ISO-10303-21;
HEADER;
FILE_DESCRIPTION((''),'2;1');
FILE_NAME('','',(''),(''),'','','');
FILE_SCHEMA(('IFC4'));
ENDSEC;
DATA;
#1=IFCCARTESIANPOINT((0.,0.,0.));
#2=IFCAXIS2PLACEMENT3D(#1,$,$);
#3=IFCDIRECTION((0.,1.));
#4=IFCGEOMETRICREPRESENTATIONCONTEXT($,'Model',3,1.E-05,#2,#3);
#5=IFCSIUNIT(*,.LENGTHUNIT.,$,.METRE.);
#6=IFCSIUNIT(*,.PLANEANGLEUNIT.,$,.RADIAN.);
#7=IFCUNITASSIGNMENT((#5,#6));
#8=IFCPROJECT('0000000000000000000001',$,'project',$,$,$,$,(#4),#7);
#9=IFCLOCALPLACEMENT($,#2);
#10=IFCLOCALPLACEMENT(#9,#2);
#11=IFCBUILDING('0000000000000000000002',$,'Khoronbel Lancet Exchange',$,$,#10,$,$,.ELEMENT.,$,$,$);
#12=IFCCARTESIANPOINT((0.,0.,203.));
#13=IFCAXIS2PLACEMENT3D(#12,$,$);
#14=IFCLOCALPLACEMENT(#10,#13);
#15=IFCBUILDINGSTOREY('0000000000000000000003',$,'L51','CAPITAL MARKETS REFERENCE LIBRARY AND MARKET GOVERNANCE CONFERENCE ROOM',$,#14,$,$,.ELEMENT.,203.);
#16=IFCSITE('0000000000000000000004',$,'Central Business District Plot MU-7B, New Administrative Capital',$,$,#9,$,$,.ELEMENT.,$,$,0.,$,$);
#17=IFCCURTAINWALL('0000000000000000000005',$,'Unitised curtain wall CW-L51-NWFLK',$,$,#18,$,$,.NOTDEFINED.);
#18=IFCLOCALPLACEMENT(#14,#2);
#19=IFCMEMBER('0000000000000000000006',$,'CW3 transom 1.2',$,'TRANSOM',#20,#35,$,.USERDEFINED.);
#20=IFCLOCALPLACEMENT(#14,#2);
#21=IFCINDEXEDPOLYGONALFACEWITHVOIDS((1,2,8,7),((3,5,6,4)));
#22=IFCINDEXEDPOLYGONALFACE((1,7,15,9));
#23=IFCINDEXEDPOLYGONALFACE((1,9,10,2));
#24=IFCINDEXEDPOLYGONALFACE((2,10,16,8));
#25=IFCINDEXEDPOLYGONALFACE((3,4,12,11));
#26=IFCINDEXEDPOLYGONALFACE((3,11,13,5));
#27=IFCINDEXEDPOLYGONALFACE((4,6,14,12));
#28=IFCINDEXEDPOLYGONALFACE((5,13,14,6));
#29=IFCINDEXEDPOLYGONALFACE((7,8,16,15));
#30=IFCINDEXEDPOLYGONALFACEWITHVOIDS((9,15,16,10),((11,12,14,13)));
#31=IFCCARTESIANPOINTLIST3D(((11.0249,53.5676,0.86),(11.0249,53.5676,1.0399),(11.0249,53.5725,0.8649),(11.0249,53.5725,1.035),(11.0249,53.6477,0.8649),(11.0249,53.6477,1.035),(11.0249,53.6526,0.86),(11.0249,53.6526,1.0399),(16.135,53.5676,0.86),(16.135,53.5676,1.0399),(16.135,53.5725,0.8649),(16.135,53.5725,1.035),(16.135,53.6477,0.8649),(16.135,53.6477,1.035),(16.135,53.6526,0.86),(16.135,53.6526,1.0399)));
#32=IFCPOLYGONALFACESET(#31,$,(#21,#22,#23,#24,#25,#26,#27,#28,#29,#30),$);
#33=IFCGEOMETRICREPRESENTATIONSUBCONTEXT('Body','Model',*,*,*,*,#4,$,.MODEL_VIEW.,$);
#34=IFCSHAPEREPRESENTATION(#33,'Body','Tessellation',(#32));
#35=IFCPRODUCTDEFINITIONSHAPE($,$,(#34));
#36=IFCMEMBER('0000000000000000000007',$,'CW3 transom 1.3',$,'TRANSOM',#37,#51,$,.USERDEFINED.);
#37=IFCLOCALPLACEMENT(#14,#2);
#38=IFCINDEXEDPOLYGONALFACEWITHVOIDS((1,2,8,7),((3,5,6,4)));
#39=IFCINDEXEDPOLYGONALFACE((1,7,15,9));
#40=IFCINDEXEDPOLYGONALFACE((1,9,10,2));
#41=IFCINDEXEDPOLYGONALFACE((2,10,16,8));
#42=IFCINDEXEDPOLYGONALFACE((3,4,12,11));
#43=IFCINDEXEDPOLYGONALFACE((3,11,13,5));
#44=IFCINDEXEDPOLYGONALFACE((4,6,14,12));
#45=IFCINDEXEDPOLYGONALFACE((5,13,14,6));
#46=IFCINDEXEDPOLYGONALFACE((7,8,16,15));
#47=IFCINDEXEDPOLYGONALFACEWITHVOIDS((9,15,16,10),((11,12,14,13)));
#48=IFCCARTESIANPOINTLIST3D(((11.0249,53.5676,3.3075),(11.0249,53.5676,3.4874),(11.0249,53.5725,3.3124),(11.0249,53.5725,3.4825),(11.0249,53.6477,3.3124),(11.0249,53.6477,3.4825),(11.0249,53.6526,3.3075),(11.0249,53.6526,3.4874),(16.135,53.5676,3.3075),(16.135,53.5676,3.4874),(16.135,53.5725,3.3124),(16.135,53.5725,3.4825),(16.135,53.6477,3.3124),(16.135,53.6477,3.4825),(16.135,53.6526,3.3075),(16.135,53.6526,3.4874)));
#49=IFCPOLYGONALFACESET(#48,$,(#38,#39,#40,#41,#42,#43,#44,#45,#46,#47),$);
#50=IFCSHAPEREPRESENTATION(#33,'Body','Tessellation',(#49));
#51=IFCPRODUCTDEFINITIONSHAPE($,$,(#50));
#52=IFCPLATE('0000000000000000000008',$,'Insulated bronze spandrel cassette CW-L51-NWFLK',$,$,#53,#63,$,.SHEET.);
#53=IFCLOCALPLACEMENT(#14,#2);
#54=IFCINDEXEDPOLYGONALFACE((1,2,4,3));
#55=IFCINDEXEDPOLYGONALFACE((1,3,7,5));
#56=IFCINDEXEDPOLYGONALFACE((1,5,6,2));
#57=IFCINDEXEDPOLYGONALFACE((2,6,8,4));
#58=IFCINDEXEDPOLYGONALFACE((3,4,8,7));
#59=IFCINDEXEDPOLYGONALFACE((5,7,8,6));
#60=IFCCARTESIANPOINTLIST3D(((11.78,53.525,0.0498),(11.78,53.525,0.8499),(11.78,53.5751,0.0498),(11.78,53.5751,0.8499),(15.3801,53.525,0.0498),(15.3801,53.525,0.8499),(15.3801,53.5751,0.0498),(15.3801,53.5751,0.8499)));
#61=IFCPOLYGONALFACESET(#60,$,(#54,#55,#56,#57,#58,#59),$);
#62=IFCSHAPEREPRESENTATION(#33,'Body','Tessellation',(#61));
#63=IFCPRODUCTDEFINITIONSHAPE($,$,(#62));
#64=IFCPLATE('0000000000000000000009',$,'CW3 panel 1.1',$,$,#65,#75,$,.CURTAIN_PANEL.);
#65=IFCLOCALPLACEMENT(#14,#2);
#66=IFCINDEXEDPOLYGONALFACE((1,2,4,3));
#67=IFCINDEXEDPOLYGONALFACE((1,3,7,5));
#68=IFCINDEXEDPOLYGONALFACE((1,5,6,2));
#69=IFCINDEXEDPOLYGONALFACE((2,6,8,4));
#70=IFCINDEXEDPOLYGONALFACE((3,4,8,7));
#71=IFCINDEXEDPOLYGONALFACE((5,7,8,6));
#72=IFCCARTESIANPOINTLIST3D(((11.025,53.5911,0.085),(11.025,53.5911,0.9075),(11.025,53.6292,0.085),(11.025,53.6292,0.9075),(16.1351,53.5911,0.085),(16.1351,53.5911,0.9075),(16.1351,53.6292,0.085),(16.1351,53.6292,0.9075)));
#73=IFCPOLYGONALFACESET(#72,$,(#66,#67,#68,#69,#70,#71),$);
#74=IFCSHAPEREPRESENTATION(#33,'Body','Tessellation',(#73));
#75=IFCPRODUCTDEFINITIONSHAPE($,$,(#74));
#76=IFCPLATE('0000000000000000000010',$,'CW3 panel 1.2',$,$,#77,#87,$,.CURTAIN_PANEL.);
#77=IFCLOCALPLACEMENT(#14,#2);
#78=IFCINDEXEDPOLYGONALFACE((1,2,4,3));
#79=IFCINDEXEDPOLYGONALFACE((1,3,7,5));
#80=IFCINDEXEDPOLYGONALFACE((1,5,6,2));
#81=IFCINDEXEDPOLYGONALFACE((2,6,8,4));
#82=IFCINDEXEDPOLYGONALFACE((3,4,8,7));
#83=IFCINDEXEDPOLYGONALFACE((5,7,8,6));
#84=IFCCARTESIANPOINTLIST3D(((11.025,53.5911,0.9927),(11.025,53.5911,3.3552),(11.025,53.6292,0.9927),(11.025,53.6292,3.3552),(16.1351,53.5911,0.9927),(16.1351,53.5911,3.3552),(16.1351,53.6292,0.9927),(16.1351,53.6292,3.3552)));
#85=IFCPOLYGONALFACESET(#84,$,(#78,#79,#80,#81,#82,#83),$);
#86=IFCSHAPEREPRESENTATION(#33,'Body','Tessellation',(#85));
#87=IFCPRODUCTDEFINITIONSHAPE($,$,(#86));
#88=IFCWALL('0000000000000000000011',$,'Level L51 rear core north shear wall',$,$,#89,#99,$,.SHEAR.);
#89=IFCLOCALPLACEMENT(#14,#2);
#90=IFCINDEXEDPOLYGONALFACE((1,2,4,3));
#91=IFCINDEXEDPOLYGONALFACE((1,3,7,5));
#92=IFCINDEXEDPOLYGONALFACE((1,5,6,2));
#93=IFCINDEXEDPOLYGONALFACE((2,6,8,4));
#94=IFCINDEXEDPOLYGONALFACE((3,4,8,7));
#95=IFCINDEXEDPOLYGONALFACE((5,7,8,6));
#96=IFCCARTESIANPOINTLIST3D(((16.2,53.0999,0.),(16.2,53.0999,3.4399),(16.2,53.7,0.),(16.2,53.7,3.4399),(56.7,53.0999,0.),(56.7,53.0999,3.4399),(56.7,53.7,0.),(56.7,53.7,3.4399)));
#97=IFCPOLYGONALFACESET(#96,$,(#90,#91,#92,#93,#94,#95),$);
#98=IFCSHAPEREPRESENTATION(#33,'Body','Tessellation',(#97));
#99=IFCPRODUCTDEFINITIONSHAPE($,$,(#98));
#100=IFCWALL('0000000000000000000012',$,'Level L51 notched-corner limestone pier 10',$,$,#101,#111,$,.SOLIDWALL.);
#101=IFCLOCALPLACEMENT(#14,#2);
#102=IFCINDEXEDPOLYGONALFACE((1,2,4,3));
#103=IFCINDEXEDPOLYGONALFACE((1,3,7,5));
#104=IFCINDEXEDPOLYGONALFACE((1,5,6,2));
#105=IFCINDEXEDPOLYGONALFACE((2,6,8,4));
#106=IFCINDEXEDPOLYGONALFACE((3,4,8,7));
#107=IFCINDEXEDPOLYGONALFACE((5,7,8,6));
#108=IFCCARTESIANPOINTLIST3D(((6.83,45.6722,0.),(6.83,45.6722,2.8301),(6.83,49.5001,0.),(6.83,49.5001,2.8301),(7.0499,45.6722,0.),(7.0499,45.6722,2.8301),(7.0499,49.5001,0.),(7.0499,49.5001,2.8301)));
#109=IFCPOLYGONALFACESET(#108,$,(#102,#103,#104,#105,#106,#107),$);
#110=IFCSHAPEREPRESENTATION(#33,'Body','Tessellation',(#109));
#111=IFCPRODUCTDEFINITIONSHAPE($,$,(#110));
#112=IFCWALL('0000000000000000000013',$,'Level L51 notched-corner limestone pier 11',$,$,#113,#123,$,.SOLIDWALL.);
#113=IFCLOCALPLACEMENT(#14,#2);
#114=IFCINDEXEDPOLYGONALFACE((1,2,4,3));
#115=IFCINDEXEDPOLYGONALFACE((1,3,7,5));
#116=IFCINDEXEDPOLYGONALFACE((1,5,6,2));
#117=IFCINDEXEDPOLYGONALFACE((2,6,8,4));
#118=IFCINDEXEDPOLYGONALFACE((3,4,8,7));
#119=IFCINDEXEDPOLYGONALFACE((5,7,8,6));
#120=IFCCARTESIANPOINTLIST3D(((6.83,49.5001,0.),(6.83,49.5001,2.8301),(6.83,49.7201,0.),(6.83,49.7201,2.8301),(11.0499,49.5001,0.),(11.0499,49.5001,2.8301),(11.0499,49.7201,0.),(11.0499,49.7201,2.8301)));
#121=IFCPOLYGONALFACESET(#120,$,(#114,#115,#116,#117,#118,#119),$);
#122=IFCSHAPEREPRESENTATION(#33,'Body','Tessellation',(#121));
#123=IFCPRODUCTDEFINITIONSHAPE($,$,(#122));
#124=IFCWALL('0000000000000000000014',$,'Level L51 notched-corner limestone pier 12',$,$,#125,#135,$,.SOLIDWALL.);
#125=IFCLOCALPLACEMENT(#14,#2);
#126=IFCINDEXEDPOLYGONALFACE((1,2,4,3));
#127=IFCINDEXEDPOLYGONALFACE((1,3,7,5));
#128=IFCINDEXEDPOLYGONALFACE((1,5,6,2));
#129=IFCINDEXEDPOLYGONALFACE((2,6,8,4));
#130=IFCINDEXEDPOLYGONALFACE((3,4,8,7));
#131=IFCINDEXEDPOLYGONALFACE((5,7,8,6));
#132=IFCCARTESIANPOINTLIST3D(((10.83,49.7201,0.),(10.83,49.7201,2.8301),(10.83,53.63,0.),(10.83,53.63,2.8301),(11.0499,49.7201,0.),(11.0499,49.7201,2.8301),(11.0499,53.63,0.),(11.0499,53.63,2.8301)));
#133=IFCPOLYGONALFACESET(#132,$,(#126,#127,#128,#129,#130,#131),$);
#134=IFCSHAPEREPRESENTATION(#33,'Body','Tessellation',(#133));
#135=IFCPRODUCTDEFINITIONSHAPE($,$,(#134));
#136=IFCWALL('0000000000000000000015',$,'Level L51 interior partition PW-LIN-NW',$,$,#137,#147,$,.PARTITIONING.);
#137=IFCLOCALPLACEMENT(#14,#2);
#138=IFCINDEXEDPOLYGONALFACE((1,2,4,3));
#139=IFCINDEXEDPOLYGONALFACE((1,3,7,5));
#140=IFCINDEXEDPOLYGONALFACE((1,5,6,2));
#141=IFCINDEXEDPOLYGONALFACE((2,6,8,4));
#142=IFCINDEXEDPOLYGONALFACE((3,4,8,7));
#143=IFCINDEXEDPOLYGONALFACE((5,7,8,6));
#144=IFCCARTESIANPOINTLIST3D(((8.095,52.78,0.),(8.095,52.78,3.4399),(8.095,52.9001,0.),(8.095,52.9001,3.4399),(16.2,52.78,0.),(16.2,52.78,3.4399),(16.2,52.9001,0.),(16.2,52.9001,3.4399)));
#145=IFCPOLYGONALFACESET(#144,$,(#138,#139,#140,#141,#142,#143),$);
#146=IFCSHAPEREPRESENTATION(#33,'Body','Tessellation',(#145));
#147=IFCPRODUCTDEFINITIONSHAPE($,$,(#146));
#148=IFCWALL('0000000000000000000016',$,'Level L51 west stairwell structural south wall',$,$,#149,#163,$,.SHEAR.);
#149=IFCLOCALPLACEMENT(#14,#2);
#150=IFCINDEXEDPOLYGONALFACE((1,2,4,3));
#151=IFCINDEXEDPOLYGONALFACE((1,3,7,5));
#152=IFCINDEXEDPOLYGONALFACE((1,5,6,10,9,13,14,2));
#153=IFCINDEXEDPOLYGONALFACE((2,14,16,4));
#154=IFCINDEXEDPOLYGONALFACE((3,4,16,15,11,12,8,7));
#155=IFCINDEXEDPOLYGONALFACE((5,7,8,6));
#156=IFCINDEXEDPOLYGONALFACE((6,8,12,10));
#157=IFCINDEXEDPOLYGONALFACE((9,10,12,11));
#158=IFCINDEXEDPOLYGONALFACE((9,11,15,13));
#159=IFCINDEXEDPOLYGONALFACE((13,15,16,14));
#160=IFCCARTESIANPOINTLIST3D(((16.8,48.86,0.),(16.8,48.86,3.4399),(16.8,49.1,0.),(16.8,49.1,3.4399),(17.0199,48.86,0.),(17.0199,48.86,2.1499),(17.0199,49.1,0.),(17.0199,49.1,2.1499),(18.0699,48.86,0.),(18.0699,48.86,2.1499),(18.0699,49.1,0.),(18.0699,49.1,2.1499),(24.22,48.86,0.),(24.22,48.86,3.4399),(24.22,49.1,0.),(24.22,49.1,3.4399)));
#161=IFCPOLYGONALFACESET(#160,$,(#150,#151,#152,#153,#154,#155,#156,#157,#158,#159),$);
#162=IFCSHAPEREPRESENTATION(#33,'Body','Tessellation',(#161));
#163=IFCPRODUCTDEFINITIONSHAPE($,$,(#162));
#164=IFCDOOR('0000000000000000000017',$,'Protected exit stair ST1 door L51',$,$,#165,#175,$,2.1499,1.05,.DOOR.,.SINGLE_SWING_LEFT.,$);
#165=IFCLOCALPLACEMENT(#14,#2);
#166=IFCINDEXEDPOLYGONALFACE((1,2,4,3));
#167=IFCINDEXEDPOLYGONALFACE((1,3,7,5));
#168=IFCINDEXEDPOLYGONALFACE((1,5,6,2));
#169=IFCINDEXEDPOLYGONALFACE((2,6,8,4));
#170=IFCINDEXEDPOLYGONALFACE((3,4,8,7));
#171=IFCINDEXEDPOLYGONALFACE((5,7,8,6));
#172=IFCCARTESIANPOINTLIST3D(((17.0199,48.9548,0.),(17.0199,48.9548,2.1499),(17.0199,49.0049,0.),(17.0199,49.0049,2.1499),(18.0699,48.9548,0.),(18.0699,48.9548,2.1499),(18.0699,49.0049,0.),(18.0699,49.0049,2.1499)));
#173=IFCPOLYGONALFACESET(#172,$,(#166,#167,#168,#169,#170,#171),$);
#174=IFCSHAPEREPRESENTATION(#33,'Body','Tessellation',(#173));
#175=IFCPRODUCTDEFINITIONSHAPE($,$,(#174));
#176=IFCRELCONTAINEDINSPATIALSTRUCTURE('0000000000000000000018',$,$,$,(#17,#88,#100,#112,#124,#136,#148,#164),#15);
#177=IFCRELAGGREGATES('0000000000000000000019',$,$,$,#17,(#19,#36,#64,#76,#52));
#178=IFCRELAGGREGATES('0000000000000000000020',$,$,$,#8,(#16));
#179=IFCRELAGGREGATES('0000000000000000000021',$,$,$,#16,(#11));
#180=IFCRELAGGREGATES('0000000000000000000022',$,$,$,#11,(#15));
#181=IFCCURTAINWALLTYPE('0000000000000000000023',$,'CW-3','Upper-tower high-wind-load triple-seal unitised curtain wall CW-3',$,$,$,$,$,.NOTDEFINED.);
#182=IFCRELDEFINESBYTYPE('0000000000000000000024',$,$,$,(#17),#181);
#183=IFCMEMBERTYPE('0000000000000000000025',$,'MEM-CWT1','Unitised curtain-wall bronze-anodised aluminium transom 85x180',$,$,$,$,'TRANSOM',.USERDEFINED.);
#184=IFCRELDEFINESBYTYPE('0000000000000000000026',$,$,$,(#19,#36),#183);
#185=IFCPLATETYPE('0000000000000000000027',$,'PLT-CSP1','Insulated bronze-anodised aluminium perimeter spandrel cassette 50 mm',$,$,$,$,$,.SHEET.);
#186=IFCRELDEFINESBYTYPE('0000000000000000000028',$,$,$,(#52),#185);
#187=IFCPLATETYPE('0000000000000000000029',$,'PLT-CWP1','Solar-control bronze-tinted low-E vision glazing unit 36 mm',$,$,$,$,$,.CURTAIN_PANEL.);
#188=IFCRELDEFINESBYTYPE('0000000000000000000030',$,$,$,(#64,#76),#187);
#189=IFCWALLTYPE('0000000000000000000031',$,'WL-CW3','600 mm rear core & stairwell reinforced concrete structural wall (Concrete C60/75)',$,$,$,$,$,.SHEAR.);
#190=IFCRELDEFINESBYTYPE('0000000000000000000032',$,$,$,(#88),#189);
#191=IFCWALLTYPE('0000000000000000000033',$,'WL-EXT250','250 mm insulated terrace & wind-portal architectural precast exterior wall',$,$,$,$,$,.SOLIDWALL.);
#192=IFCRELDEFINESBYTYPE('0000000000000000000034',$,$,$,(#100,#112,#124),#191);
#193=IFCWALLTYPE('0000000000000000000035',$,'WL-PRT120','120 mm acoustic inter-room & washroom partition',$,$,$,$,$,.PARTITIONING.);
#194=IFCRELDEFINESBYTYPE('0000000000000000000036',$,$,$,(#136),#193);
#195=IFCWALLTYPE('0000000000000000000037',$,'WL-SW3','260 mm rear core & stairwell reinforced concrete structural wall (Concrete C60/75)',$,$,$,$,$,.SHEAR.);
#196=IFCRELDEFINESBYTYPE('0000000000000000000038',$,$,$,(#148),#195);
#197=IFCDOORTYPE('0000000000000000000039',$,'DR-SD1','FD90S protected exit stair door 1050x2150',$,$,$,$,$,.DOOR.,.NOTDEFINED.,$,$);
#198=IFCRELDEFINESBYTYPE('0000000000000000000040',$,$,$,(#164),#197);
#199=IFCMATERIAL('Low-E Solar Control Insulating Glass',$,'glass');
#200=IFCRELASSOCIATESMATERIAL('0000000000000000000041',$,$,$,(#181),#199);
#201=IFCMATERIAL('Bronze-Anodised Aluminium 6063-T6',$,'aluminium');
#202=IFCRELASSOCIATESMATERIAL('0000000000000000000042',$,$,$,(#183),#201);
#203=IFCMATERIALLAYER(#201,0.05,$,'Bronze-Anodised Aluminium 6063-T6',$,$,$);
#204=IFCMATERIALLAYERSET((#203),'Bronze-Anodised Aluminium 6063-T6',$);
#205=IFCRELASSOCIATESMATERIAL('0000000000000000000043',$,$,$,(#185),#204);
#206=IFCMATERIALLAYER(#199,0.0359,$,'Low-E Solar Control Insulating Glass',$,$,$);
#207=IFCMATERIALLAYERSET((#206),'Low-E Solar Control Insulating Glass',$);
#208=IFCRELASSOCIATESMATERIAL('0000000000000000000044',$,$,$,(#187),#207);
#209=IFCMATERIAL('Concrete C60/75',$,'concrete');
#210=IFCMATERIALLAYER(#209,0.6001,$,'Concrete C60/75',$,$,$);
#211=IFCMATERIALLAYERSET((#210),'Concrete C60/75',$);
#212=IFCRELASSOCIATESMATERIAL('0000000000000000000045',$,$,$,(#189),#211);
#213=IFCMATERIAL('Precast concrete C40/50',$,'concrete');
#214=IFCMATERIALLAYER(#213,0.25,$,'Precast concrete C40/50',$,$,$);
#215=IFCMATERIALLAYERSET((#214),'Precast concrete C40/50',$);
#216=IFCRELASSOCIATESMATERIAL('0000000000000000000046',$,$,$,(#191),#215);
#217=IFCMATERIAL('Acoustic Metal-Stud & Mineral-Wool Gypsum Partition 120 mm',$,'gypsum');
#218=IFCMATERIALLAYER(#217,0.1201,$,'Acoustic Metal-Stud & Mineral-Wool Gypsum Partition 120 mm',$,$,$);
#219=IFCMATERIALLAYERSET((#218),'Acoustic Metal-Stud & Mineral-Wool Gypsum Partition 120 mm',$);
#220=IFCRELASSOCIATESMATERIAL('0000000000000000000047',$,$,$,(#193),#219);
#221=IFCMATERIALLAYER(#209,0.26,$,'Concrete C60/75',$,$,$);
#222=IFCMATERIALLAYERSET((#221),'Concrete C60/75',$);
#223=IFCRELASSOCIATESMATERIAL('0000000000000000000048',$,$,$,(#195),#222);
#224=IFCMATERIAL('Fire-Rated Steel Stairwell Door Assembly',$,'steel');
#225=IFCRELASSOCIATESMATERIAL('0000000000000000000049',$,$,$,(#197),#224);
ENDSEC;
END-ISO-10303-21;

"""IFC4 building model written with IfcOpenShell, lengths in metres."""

from ifc_helpers import new_model, si_unit, direction, frame, frame_2d, origin, origin_2d, place, context, subcontext, project, spatial, rectangle, hollow_rectangle, extrude, material, layer, layer_set, material_profile, profile_set, type_object, element, fill, aggregate, save


model = new_model("IFC4")

# Units and contexts
model_context = context("Model", 3, precision=1e-05, world=origin(), true_north=direction((0.0, 1.0)))
body_context = subcontext(model_context, "Body", "Model", "MODEL_VIEW")
ifc_project = project(units=[si_unit("LENGTHUNIT", "METRE"), si_unit("PLANEANGLEUNIT", "RADIAN")], contexts=[model_context])

# Site, building, storey
site_placement = place(None, origin())
site = spatial("IfcSite", under=ifc_project, at=site_placement, Name="Central Business District Plot MU-7B, New Administrative Capital", CompositionType="ELEMENT", RefElevation=0.0)
building_placement = place(site_placement, origin())
building = spatial("IfcBuilding", under=site, at=building_placement, Name="Khoronbel Lancet Exchange", CompositionType="ELEMENT")
storey_placement = place(building_placement, frame((0.0, 0.0, 203.0)))
storey = spatial("IfcBuildingStorey", under=building, at=storey_placement, Name="L51", Description="CAPITAL MARKETS REFERENCE LIBRARY AND MARKET GOVERNANCE CONFERENCE ROOM", CompositionType="ELEMENT", Elevation=203.0)

# Curtain wall, members, plates
ifc_material_1 = material(Name="Low-E Solar Control Insulating Glass", Category="glass")
curtain_wall_type = type_object("IfcCurtainWallType", Name="CW-3", Description="Upper-tower high-wind-load triple-seal unitised curtain wall CW-3", PredefinedType="NOTDEFINED", material=ifc_material_1)
curtain_wall_placement = place(storey_placement, origin())
curtain_wall = element("IfcCurtainWall", 1, at=curtain_wall_placement, inside=storey, type_object=curtain_wall_type, Name="Unitised curtain wall CW-L51-NWFLK", PredefinedType="NOTDEFINED")
ifc_material_2 = material(Name="Bronze-Anodised Aluminium 6063-T6", Category="aluminium")
ifc_material_profile_1 = material_profile(ifc_material_2, hollow_rectangle(XDim=0.085, YDim=0.1799, WallThickness=0.0049, at=origin_2d()), Name="ALU TRANSOM 85x180")
ifc_profile_set_1 = profile_set([ifc_material_profile_1], Name="Bronze-Anodised Aluminium 6063-T6")
member_type_1 = type_object("IfcMemberType", Name="MEM-CWT1", Description="Unitised curtain-wall bronze-anodised aluminium transom 85x180", ElementType="TRANSOM", PredefinedType="USERDEFINED", material=ifc_profile_set_1)
member_1_placement = place(storey_placement, frame((16.135, 53.6101, 0.95), z_axis=(-1.0, 0.0, 0.0), x_axis=(0.0, -1.0, 0.0)))
member_1 = element("IfcMember", 2, at=member_1_placement, type_object=member_type_1, Name="CW3 transom 1.2", ObjectType="TRANSOM", PredefinedType="USERDEFINED", context=body_context, shape_type="SweptSolid", body=[
    extrude(hollow_rectangle(XDim=0.085, YDim=0.1799, WallThickness=0.0049, at=origin_2d()), origin(), (0.0, 0.0, 1.0), 5.1101),
])
member_2_placement = place(storey_placement, frame((16.135, 53.6101, 3.3975), z_axis=(-1.0, 0.0, 0.0), x_axis=(0.0, -1.0, 0.0)))
member_2 = element("IfcMember", 3, at=member_2_placement, type_object=member_type_1, Name="CW3 transom 1.3", ObjectType="TRANSOM", PredefinedType="USERDEFINED", context=body_context, shape_type="SweptSolid", body=[
    extrude(hollow_rectangle(XDim=0.085, YDim=0.1799, WallThickness=0.0049, at=origin_2d()), origin(), (0.0, 0.0, 1.0), 5.1101),
])
ifc_layer_1 = layer(ifc_material_2, 0.05, Name="Bronze-Anodised Aluminium 6063-T6")
ifc_layer_set_1 = layer_set([ifc_layer_1], Name="Bronze-Anodised Aluminium 6063-T6")
plate_type_1 = type_object("IfcPlateType", Name="PLT-CSP1", Description="Insulated bronze-anodised aluminium perimeter spandrel cassette 50 mm", PredefinedType="SHEET", material=ifc_layer_set_1)
plate_1_placement = place(storey_placement, frame((13.5801, 53.55, 0.0498), z_axis=(0.0, 0.0, 1.0), x_axis=(-1.0, 0.0, 0.0)))
plate_1 = element("IfcPlate", 4, at=plate_1_placement, type_object=plate_type_1, Name="Insulated bronze spandrel cassette CW-L51-NWFLK", PredefinedType="SHEET", context=body_context, shape_type="SweptSolid", body=[
    extrude(rectangle(XDim=3.6001, YDim=0.05, at=origin_2d()), origin(), (0.0, 0.0, 1.0), 0.8),
])
ifc_layer_2 = layer(ifc_material_1, 0.0359, Name="Low-E Solar Control Insulating Glass")
ifc_layer_set_2 = layer_set([ifc_layer_2], Name="Low-E Solar Control Insulating Glass")
plate_type_2 = type_object("IfcPlateType", Name="PLT-CWP1", Description="Solar-control bronze-tinted low-E vision glazing unit 36 mm", PredefinedType="CURTAIN_PANEL", material=ifc_layer_set_2)
plate_2_placement = place(storey_placement, frame((13.5801, 53.6101, 0.085), z_axis=(0.0, 0.0, 1.0), x_axis=(-1.0, 0.0, 0.0)))
plate_2 = element("IfcPlate", 5, at=plate_2_placement, type_object=plate_type_2, Name="CW3 panel 1.1", PredefinedType="CURTAIN_PANEL", context=body_context, shape_type="SweptSolid", body=[
    extrude(rectangle(XDim=5.1101, YDim=0.0381, at=origin_2d()), origin(), (0.0, 0.0, 1.0), 0.8225),
])
plate_3_placement = place(storey_placement, frame((13.5801, 53.6101, 0.9927), z_axis=(0.0, 0.0, 1.0), x_axis=(-1.0, 0.0, 0.0)))
plate_3 = element("IfcPlate", 6, at=plate_3_placement, type_object=plate_type_2, Name="CW3 panel 1.2", PredefinedType="CURTAIN_PANEL", context=body_context, shape_type="SweptSolid", body=[
    extrude(rectangle(XDim=5.1101, YDim=0.0381, at=origin_2d()), origin(), (0.0, 0.0, 1.0), 2.3625),
])
aggregate(curtain_wall, [member_1, member_2, plate_2, plate_3, plate_1])

# Walls
ifc_material_3 = material(Name="Concrete C60/75", Category="concrete")
ifc_layer_3 = layer(ifc_material_3, 0.6001, Name="Concrete C60/75")
ifc_layer_set_3 = layer_set([ifc_layer_3], Name="Concrete C60/75")
wall_type_1 = type_object("IfcWallType", Name="WL-CW3", Description="600 mm rear core & stairwell reinforced concrete structural wall (Concrete C60/75)", PredefinedType="SHEAR", material=ifc_layer_set_3)
wall_1_placement = place(storey_placement, frame((16.2, 53.3999, 0.0), z_axis=(0.0, 0.0, 1.0), x_axis=(1.0, 0.0, 0.0)))
element("IfcWall", 7, at=wall_1_placement, inside=storey, type_object=wall_type_1, Name="Level L51 rear core north shear wall", PredefinedType="SHEAR", context=body_context, shape_type="SweptSolid", body=[
    extrude(rectangle(XDim=40.5, YDim=0.6001, at=frame_2d((20.25, 0.0))), origin(), (0.0, 0.0, 1.0), 3.4399),
])
ifc_material_4 = material(Name="Precast concrete C40/50", Category="concrete")
ifc_layer_4 = layer(ifc_material_4, 0.25, Name="Precast concrete C40/50")
ifc_layer_set_4 = layer_set([ifc_layer_4], Name="Precast concrete C40/50")
wall_type_2 = type_object("IfcWallType", Name="WL-EXT250", Description="250 mm insulated terrace & wind-portal architectural precast exterior wall", PredefinedType="SOLIDWALL", material=ifc_layer_set_4)
wall_2_placement = place(storey_placement, frame((6.9399, 45.6721, 0.0), z_axis=(0.0, 0.0, 1.0), x_axis=(0.0, 1.0, 0.0)))
element("IfcWall", 8, at=wall_2_placement, inside=storey, type_object=wall_type_2, Name="Level L51 notched-corner limestone pier 10", PredefinedType="SOLIDWALL", context=body_context, shape_type="SweptSolid", body=[
    extrude(rectangle(XDim=3.8279, YDim=0.22, at=frame_2d((1.9141, 0.0))), origin(), (0.0, 0.0, 1.0), 2.8301),
])
wall_3_placement = place(storey_placement, frame((6.8301, 49.6101, 0.0), z_axis=(0.0, 0.0, 1.0), x_axis=(1.0, 0.0, 0.0)))
element("IfcWall", 9, at=wall_3_placement, inside=storey, type_object=wall_type_2, Name="Level L51 notched-corner limestone pier 11", PredefinedType="SOLIDWALL", context=body_context, shape_type="SweptSolid", body=[
    extrude(rectangle(XDim=4.22, YDim=0.22, at=frame_2d((2.1099, 0.0))), origin(), (0.0, 0.0, 1.0), 2.8301),
])
wall_4_placement = place(storey_placement, frame((10.9399, 49.72, 0.0), z_axis=(0.0, 0.0, 1.0), x_axis=(0.0, 1.0, 0.0)))
element("IfcWall", 10, at=wall_4_placement, inside=storey, type_object=wall_type_2, Name="Level L51 notched-corner limestone pier 12", PredefinedType="SOLIDWALL", context=body_context, shape_type="SweptSolid", body=[
    extrude(rectangle(XDim=3.9099, YDim=0.22, at=frame_2d((1.9551, 0.0))), origin(), (0.0, 0.0, 1.0), 2.8301),
])
ifc_material_5 = material(Name="Acoustic Metal-Stud & Mineral-Wool Gypsum Partition 120 mm", Category="gypsum")
ifc_layer_5 = layer(ifc_material_5, 0.1201, Name="Acoustic Metal-Stud & Mineral-Wool Gypsum Partition 120 mm")
ifc_layer_set_5 = layer_set([ifc_layer_5], Name="Acoustic Metal-Stud & Mineral-Wool Gypsum Partition 120 mm")
wall_type_3 = type_object("IfcWallType", Name="WL-PRT120", Description="120 mm acoustic inter-room & washroom partition", PredefinedType="PARTITIONING", material=ifc_layer_set_5)
wall_5_placement = place(storey_placement, frame((8.095, 52.8401, 0.0), z_axis=(0.0, 0.0, 1.0), x_axis=(1.0, 0.0, 0.0)))
element("IfcWall", 11, at=wall_5_placement, inside=storey, type_object=wall_type_3, Name="Level L51 interior partition PW-LIN-NW", PredefinedType="PARTITIONING", context=body_context, shape_type="SweptSolid", body=[
    extrude(rectangle(XDim=8.105, YDim=0.1201, at=frame_2d((4.0525, 0.0))), origin(), (0.0, 0.0, 1.0), 3.4399),
])

# Wall, opening, door
ifc_layer_6 = layer(ifc_material_3, 0.26, Name="Concrete C60/75")
ifc_layer_set_6 = layer_set([ifc_layer_6], Name="Concrete C60/75")
wall_type_4 = type_object("IfcWallType", Name="WL-SW3", Description="260 mm rear core & stairwell reinforced concrete structural wall (Concrete C60/75)", PredefinedType="SHEAR", material=ifc_layer_set_6)
wall_6_placement = place(storey_placement, frame((16.8, 48.98, 0.0), z_axis=(0.0, 0.0, 1.0), x_axis=(1.0, 0.0, 0.0)))
wall_6 = element("IfcWall", 12, at=wall_6_placement, inside=storey, type_object=wall_type_4, Name="Level L51 west stairwell structural south wall", PredefinedType="SHEAR", context=body_context, shape_type="SweptSolid", body=[
    extrude(rectangle(XDim=7.4199, YDim=0.24, at=frame_2d((3.71, 0.0))), origin(), (0.0, 0.0, 1.0), 3.4399),
])
opening_placement = place(wall_6_placement, frame((0.22, 0.0, 0.0)))
opening = element("IfcOpeningElement", 13, at=opening_placement, cuts=wall_6, PredefinedType="OPENING", context=body_context, shape_type="SweptSolid", body=[
    extrude(rectangle(XDim=1.05, YDim=2.1499, at=frame_2d((0.5249, 1.075))), frame((0.0, 0.1299, 0.0), z_axis=(0.0, -1.0, 0.0), x_axis=(1.0, 0.0, 0.0)), (0.0, 0.0, 1.0), 0.26),
])
ifc_material_6 = material(Name="Fire-Rated Steel Stairwell Door Assembly", Category="steel")
door_type = type_object("IfcDoorType", Name="DR-SD1", Description="FD90S protected exit stair door 1050x2150", OperationType="NOTDEFINED", PredefinedType="DOOR", material=ifc_material_6)
door_placement = place(opening_placement, origin())
door = element("IfcDoor", 14, at=door_placement, inside=storey, type_object=door_type, Name="Protected exit stair ST1 door L51", OperationType="SINGLE_SWING_LEFT", OverallHeight=2.1499, OverallWidth=1.05, PredefinedType="DOOR", context=body_context, shape_type="SweptSolid", body=[
    extrude(rectangle(XDim=1.05, YDim=2.1499, at=frame_2d((0.5249, 1.075))), frame((0.0, 0.0249, 0.0), z_axis=(0.0, -1.0, 0.0), x_axis=(1.0, 0.0, 0.0)), (0.0, 0.0, 1.0), 0.05),
])
fill(opening, door)

save(model, "model.ifc")
